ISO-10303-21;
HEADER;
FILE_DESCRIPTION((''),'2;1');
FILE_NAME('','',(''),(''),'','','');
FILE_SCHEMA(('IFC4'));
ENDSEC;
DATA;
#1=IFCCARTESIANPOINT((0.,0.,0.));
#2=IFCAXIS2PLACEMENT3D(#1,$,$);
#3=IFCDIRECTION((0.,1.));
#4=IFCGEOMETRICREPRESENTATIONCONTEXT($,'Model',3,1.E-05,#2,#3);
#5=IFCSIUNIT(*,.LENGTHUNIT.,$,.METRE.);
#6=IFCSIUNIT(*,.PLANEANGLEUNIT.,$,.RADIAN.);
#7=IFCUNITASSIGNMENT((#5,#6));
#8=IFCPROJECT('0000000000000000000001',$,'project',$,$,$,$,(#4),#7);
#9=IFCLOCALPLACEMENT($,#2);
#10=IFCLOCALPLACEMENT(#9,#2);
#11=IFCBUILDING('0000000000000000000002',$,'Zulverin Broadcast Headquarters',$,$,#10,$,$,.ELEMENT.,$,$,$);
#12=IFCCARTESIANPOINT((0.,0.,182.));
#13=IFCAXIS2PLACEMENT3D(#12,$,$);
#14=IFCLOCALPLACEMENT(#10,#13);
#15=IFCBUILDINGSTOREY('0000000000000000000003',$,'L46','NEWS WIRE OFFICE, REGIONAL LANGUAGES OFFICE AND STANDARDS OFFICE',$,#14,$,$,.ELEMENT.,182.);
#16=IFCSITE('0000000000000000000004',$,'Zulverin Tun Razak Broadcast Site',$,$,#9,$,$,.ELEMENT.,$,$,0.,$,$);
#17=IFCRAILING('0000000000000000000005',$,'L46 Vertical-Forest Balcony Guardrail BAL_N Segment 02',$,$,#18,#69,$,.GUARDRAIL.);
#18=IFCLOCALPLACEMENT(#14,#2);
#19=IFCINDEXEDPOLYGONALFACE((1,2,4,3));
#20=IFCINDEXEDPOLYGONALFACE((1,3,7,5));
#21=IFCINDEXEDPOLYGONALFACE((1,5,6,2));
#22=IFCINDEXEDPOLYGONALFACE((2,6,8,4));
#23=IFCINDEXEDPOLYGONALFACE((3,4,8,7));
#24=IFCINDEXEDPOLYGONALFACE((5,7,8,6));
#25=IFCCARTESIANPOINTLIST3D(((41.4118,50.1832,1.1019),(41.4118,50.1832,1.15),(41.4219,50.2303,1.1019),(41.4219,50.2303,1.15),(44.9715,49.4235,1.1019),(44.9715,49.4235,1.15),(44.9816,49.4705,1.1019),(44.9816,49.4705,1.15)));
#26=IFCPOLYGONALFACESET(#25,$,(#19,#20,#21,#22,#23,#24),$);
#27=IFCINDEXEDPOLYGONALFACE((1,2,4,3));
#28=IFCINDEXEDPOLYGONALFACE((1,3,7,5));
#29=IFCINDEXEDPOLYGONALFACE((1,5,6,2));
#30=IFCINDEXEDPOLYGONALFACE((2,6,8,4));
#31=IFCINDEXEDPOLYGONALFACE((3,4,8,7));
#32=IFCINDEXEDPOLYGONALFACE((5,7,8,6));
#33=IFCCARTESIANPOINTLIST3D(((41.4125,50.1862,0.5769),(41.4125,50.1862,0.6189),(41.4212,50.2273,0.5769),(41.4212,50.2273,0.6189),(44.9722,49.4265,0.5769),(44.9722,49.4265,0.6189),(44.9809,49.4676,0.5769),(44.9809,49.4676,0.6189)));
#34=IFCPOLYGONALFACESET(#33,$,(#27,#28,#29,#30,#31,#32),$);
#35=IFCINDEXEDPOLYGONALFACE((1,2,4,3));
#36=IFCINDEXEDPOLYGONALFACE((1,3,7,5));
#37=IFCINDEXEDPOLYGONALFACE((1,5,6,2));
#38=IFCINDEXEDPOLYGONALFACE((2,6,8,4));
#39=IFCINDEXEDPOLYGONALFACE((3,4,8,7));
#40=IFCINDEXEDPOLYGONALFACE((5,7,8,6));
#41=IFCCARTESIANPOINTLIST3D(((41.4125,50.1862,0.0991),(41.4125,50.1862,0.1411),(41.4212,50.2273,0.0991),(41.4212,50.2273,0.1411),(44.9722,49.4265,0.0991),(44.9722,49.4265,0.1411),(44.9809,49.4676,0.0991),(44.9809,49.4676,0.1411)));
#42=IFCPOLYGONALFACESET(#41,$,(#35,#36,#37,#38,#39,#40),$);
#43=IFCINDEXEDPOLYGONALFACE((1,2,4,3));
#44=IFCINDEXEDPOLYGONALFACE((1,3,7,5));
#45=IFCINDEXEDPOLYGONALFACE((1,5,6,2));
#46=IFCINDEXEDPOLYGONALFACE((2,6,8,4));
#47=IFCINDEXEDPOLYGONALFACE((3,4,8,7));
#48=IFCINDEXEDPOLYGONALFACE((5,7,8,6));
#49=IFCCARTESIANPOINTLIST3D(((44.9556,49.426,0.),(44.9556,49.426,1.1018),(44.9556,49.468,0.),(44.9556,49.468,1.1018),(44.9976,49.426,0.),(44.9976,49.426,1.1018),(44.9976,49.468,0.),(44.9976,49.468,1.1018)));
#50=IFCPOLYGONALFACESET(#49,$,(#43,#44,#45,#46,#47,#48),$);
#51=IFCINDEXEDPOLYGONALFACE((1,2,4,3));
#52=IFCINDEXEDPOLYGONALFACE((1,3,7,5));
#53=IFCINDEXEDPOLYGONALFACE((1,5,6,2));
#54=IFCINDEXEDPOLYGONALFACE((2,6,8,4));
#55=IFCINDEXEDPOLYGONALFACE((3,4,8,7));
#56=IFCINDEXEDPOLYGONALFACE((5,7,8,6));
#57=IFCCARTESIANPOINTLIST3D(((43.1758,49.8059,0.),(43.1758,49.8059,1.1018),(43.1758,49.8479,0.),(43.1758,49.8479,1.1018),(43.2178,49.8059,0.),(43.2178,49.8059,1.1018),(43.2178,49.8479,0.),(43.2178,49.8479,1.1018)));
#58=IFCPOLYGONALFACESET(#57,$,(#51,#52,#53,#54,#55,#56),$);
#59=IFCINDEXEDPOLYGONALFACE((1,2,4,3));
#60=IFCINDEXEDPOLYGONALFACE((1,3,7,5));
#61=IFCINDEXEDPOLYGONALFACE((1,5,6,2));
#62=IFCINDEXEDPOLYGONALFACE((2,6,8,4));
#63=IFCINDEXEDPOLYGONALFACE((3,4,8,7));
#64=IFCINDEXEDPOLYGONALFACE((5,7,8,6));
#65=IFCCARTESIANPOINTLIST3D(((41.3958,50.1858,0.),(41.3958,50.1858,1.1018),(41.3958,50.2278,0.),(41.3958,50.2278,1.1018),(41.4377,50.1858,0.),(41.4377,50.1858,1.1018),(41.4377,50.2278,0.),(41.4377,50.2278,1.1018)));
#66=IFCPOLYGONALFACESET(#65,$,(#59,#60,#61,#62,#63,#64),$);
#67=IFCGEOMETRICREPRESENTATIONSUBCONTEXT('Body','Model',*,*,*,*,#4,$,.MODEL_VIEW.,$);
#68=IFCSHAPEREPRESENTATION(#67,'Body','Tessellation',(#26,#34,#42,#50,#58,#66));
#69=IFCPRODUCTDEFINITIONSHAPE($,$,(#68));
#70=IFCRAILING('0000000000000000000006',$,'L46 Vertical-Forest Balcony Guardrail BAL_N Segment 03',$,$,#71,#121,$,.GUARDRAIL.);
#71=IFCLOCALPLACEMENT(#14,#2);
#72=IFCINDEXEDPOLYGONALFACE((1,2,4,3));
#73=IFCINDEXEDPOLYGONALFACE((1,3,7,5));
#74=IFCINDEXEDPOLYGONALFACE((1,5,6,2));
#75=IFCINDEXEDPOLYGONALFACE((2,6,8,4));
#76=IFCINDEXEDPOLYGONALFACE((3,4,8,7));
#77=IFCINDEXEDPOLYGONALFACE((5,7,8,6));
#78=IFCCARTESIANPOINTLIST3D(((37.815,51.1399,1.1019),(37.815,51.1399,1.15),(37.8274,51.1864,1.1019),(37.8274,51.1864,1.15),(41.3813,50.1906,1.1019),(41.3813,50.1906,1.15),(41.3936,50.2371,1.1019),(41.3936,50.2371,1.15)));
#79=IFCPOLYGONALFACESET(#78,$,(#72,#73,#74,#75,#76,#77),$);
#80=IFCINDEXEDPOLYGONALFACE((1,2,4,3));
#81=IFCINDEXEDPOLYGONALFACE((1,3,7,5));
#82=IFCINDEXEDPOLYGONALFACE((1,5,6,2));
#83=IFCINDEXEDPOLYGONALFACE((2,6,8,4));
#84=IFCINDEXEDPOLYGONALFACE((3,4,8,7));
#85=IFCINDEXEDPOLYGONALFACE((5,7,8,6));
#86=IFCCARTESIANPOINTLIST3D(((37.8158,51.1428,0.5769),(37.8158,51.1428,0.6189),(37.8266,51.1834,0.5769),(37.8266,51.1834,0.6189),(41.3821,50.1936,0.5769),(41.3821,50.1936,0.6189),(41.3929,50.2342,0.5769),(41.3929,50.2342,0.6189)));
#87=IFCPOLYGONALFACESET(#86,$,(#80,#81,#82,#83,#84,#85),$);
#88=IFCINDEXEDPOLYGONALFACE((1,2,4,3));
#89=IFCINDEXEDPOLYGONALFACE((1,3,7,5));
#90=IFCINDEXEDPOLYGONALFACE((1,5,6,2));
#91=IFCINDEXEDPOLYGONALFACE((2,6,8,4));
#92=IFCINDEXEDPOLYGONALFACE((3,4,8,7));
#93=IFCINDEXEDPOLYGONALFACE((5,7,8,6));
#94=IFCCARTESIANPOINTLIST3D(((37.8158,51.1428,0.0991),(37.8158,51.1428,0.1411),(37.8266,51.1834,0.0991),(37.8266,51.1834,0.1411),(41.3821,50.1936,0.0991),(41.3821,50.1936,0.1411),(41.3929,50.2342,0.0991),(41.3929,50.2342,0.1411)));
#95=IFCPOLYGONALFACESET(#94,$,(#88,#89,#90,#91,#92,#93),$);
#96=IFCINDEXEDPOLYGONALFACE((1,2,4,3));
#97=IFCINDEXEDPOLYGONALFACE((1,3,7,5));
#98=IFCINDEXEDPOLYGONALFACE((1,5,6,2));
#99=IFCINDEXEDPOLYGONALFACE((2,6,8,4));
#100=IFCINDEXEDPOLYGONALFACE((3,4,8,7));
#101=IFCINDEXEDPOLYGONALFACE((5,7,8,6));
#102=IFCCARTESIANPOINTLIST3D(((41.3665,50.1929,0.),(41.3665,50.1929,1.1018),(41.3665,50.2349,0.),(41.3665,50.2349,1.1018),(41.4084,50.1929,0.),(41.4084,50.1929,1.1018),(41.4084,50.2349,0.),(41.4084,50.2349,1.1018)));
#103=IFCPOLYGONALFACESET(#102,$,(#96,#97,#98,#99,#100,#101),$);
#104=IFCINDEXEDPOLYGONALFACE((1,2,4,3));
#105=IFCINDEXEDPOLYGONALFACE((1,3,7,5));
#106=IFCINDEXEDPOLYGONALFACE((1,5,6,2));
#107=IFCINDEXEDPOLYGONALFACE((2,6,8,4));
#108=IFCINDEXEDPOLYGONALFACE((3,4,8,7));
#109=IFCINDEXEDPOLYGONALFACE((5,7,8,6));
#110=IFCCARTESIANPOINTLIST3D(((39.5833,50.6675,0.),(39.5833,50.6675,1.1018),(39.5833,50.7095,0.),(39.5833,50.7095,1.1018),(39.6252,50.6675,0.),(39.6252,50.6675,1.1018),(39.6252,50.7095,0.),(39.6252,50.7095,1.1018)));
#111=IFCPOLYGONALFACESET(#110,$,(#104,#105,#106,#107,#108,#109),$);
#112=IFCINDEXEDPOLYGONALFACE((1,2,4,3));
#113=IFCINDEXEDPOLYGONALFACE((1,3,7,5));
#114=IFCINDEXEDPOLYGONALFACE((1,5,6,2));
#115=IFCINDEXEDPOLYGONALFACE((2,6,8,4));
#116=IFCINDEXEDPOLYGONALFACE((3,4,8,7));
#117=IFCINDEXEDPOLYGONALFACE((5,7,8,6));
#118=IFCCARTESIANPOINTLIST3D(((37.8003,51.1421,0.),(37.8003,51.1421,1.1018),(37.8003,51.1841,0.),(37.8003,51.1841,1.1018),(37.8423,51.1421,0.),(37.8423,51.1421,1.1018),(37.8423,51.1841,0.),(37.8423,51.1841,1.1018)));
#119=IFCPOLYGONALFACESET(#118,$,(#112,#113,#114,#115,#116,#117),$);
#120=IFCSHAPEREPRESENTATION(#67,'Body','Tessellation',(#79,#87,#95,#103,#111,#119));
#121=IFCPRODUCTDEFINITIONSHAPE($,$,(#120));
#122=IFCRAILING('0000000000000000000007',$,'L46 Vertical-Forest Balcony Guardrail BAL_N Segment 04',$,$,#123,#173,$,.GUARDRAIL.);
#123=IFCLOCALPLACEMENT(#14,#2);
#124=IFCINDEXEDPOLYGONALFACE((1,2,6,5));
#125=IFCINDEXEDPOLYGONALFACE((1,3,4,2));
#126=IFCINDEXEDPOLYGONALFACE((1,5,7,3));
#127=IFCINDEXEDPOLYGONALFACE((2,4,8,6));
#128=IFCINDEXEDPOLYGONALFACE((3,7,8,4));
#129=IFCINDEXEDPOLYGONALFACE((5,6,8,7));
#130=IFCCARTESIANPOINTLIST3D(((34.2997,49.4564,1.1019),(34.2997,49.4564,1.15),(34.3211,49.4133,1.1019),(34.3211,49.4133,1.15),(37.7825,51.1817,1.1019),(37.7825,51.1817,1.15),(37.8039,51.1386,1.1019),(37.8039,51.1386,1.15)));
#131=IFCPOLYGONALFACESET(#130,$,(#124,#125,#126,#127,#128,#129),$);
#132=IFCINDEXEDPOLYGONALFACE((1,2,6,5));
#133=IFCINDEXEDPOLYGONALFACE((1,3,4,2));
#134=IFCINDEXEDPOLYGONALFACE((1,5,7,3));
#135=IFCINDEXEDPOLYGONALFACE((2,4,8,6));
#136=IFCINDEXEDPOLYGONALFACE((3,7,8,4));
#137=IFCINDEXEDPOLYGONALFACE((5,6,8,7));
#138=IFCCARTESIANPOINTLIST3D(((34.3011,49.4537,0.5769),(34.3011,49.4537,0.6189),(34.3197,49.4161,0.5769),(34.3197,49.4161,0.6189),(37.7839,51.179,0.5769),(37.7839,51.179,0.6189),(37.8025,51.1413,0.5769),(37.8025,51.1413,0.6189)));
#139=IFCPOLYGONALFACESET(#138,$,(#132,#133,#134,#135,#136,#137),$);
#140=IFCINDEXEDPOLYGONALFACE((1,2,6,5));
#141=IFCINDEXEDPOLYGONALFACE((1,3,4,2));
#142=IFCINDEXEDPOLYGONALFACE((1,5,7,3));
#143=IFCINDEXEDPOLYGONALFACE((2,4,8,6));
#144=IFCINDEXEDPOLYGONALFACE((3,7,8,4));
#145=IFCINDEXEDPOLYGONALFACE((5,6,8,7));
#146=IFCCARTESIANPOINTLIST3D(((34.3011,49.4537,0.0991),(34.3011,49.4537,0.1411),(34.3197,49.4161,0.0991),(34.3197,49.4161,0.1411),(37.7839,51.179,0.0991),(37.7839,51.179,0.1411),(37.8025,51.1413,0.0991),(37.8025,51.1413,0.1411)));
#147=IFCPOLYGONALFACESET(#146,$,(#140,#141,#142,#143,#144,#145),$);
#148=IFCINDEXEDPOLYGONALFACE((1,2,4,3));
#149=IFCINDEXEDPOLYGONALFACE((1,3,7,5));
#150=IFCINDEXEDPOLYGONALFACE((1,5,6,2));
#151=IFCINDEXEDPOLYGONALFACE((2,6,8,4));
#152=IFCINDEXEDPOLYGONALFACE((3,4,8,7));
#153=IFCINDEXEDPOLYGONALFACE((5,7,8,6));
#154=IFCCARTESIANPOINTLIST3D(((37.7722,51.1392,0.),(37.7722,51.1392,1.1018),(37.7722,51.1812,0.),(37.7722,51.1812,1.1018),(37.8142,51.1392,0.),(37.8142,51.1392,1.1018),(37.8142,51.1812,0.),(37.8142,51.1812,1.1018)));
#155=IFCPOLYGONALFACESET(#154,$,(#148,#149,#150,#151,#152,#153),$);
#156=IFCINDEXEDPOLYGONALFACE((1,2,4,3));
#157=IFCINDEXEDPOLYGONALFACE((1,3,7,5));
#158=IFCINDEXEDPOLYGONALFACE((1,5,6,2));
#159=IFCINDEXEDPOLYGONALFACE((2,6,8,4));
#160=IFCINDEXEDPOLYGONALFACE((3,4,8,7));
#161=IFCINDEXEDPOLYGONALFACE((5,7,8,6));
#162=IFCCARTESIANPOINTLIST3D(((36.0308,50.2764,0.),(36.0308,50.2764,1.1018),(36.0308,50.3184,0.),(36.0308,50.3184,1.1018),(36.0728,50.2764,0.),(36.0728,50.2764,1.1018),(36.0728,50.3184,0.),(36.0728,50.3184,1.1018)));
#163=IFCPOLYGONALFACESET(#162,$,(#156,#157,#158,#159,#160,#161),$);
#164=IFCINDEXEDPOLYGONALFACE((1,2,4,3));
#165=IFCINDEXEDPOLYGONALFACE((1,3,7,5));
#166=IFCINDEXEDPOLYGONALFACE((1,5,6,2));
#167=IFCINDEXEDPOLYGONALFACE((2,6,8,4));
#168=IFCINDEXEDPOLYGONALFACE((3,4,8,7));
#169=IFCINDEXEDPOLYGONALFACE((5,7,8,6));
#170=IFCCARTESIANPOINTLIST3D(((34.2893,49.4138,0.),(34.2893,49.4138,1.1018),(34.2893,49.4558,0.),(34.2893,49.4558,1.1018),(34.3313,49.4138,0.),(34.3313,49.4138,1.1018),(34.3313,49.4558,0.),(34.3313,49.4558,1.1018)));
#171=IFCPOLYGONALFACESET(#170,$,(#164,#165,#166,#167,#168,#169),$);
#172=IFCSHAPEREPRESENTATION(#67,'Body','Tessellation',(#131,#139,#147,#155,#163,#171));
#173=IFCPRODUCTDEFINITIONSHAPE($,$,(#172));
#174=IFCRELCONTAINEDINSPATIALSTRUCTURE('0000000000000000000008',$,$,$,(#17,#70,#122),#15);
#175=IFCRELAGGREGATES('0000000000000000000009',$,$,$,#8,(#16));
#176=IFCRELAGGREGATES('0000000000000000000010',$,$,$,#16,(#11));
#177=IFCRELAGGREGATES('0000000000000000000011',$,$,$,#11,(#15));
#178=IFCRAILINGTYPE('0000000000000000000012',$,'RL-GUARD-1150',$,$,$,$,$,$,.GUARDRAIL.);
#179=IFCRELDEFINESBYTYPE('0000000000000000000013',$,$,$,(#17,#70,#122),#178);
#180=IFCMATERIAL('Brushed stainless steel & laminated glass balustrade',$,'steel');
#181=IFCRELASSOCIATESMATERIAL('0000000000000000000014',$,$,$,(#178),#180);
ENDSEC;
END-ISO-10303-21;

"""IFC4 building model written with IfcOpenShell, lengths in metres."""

from ifc_helpers import new_model, si_unit, direction, frame, origin, origin_2d, place, context, subcontext, project, spatial, rectangle, extrude, material, type_object, element, save


model = new_model("IFC4")

# Units and contexts
model_context = context("Model", 3, precision=1e-05, world=origin(), true_north=direction((0.0, 1.0)))
body_context = subcontext(model_context, "Body", "Model", "MODEL_VIEW")
ifc_project = project(units=[si_unit("LENGTHUNIT", "METRE"), si_unit("PLANEANGLEUNIT", "RADIAN")], contexts=[model_context])

# Site, building, storey
site_placement = place(None, origin())
site = spatial("IfcSite", under=ifc_project, at=site_placement, Name="Zulverin Tun Razak Broadcast Site", CompositionType="ELEMENT", RefElevation=0.0)
building_placement = place(site_placement, origin())
building = spatial("IfcBuilding", under=site, at=building_placement, Name="Zulverin Broadcast Headquarters", CompositionType="ELEMENT")
storey_placement = place(building_placement, frame((0.0, 0.0, 182.0)))
storey = spatial("IfcBuildingStorey", under=building, at=storey_placement, Name="L46", Description="NEWS WIRE OFFICE, REGIONAL LANGUAGES OFFICE AND STANDARDS OFFICE", CompositionType="ELEMENT", Elevation=182.0)

# Railings
ifc_material_1 = material(Name="Brushed stainless steel & laminated glass balustrade", Category="steel")
railing_type_1 = type_object("IfcRailingType", Name="RL-GUARD-1150", PredefinedType="GUARDRAIL", material=ifc_material_1)
railing_1_placement = place(storey_placement, frame((44.9766, 49.447, 0.0)))
element("IfcRailing", 1, at=railing_1_placement, inside=storey, type_object=railing_type_1, Name="L46 Vertical-Forest Balcony Guardrail BAL_N Segment 02", PredefinedType="GUARDRAIL", context=body_context, shape_type="SweptSolid", body=[
    extrude(rectangle(XDim=0.0481, YDim=0.0481, at=origin_2d()), frame((0.0, 0.0, 1.126), z_axis=(-0.977974, 0.208727, 0.0), x_axis=(-0.208727, -0.977974, 0.0)), (0.0, 0.0, 1.0), 3.6399),
    extrude(rectangle(XDim=0.042, YDim=0.042, at=origin_2d()), frame((0.0, 0.0, 0.5979), z_axis=(-0.977974, 0.208727, 0.0), x_axis=(-0.208727, -0.977974, 0.0)), (0.0, 0.0, 1.0), 3.6399),
    extrude(rectangle(XDim=0.042, YDim=0.042, at=origin_2d()), frame((0.0, 0.0, 0.1201), z_axis=(-0.977974, 0.208727, 0.0), x_axis=(-0.208727, -0.977974, 0.0)), (0.0, 0.0, 1.0), 3.6399),
    extrude(rectangle(XDim=0.042, YDim=0.042, at=origin_2d()), origin(), (0.0, 0.0, 1.0), 1.1018),
    extrude(rectangle(XDim=0.042, YDim=0.042, at=origin_2d()), frame((-1.7798, 0.3799, 0.0)), (0.0, 0.0, 1.0), 1.1018),
    extrude(rectangle(XDim=0.042, YDim=0.042, at=origin_2d()), frame((-3.5598, 0.7598, 0.0)), (0.0, 0.0, 1.0), 1.1018),
])
railing_2_placement = place(storey_placement, frame((41.3875, 50.2139, 0.0)))
element("IfcRailing", 2, at=railing_2_placement, inside=storey, type_object=railing_type_1, Name="L46 Vertical-Forest Balcony Guardrail BAL_N Segment 03", PredefinedType="GUARDRAIL", context=body_context, shape_type="SweptSolid", body=[
    extrude(rectangle(XDim=0.0481, YDim=0.0481, at=origin_2d()), frame((0.0, 0.0, 1.126), z_axis=(-0.966353, 0.257218, 0.0), x_axis=(-0.257218, -0.966353, 0.0)), (0.0, 0.0, 1.0), 3.6904),
    extrude(rectangle(XDim=0.042, YDim=0.042, at=origin_2d()), frame((0.0, 0.0, 0.5979), z_axis=(-0.966353, 0.257218, 0.0), x_axis=(-0.257218, -0.966353, 0.0)), (0.0, 0.0, 1.0), 3.6904),
    extrude(rectangle(XDim=0.042, YDim=0.042, at=origin_2d()), frame((0.0, 0.0, 0.1201), z_axis=(-0.966353, 0.257218, 0.0), x_axis=(-0.257218, -0.966353, 0.0)), (0.0, 0.0, 1.0), 3.6904),
    extrude(rectangle(XDim=0.042, YDim=0.042, at=origin_2d()), origin(), (0.0, 0.0, 1.0), 1.1018),
    extrude(rectangle(XDim=0.042, YDim=0.042, at=origin_2d()), frame((-1.7832, 0.4746, 0.0)), (0.0, 0.0, 1.0), 1.1018),
    extrude(rectangle(XDim=0.042, YDim=0.042, at=origin_2d()), frame((-3.5662, 0.9492, 0.0)), (0.0, 0.0, 1.0), 1.1018),
])
railing_3_placement = place(storey_placement, frame((37.7932, 51.1602, 0.0)))
element("IfcRailing", 3, at=railing_3_placement, inside=storey, type_object=railing_type_1, Name="L46 Vertical-Forest Balcony Guardrail BAL_N Segment 04", PredefinedType="GUARDRAIL", context=body_context, shape_type="SweptSolid", body=[
    extrude(rectangle(XDim=0.0481, YDim=0.0481, at=origin_2d()), frame((0.0, 0.0, 1.126), z_axis=(-0.896079, -0.443894, 0.0), x_axis=(0.443894, -0.896079, 0.0)), (0.0, 0.0, 1.0), 3.8867),
    extrude(rectangle(XDim=0.042, YDim=0.042, at=origin_2d()), frame((0.0, 0.0, 0.5979), z_axis=(-0.896079, -0.443894, 0.0), x_axis=(0.443894, -0.896079, 0.0)), (0.0, 0.0, 1.0), 3.8867),
    extrude(rectangle(XDim=0.042, YDim=0.042, at=origin_2d()), frame((0.0, 0.0, 0.1201), z_axis=(-0.896079, -0.443894, 0.0), x_axis=(0.443894, -0.896079, 0.0)), (0.0, 0.0, 1.0), 3.8867),
    extrude(rectangle(XDim=0.042, YDim=0.042, at=origin_2d()), origin(), (0.0, 0.0, 1.0), 1.1018),
    extrude(rectangle(XDim=0.042, YDim=0.042, at=origin_2d()), frame((-1.7415, -0.8628, 0.0)), (0.0, 0.0, 1.0), 1.1018),
    extrude(rectangle(XDim=0.042, YDim=0.042, at=origin_2d()), frame((-3.4829, -1.7253, 0.0)), (0.0, 0.0, 1.0), 1.1018),
])

save(model, "model.ifc")
